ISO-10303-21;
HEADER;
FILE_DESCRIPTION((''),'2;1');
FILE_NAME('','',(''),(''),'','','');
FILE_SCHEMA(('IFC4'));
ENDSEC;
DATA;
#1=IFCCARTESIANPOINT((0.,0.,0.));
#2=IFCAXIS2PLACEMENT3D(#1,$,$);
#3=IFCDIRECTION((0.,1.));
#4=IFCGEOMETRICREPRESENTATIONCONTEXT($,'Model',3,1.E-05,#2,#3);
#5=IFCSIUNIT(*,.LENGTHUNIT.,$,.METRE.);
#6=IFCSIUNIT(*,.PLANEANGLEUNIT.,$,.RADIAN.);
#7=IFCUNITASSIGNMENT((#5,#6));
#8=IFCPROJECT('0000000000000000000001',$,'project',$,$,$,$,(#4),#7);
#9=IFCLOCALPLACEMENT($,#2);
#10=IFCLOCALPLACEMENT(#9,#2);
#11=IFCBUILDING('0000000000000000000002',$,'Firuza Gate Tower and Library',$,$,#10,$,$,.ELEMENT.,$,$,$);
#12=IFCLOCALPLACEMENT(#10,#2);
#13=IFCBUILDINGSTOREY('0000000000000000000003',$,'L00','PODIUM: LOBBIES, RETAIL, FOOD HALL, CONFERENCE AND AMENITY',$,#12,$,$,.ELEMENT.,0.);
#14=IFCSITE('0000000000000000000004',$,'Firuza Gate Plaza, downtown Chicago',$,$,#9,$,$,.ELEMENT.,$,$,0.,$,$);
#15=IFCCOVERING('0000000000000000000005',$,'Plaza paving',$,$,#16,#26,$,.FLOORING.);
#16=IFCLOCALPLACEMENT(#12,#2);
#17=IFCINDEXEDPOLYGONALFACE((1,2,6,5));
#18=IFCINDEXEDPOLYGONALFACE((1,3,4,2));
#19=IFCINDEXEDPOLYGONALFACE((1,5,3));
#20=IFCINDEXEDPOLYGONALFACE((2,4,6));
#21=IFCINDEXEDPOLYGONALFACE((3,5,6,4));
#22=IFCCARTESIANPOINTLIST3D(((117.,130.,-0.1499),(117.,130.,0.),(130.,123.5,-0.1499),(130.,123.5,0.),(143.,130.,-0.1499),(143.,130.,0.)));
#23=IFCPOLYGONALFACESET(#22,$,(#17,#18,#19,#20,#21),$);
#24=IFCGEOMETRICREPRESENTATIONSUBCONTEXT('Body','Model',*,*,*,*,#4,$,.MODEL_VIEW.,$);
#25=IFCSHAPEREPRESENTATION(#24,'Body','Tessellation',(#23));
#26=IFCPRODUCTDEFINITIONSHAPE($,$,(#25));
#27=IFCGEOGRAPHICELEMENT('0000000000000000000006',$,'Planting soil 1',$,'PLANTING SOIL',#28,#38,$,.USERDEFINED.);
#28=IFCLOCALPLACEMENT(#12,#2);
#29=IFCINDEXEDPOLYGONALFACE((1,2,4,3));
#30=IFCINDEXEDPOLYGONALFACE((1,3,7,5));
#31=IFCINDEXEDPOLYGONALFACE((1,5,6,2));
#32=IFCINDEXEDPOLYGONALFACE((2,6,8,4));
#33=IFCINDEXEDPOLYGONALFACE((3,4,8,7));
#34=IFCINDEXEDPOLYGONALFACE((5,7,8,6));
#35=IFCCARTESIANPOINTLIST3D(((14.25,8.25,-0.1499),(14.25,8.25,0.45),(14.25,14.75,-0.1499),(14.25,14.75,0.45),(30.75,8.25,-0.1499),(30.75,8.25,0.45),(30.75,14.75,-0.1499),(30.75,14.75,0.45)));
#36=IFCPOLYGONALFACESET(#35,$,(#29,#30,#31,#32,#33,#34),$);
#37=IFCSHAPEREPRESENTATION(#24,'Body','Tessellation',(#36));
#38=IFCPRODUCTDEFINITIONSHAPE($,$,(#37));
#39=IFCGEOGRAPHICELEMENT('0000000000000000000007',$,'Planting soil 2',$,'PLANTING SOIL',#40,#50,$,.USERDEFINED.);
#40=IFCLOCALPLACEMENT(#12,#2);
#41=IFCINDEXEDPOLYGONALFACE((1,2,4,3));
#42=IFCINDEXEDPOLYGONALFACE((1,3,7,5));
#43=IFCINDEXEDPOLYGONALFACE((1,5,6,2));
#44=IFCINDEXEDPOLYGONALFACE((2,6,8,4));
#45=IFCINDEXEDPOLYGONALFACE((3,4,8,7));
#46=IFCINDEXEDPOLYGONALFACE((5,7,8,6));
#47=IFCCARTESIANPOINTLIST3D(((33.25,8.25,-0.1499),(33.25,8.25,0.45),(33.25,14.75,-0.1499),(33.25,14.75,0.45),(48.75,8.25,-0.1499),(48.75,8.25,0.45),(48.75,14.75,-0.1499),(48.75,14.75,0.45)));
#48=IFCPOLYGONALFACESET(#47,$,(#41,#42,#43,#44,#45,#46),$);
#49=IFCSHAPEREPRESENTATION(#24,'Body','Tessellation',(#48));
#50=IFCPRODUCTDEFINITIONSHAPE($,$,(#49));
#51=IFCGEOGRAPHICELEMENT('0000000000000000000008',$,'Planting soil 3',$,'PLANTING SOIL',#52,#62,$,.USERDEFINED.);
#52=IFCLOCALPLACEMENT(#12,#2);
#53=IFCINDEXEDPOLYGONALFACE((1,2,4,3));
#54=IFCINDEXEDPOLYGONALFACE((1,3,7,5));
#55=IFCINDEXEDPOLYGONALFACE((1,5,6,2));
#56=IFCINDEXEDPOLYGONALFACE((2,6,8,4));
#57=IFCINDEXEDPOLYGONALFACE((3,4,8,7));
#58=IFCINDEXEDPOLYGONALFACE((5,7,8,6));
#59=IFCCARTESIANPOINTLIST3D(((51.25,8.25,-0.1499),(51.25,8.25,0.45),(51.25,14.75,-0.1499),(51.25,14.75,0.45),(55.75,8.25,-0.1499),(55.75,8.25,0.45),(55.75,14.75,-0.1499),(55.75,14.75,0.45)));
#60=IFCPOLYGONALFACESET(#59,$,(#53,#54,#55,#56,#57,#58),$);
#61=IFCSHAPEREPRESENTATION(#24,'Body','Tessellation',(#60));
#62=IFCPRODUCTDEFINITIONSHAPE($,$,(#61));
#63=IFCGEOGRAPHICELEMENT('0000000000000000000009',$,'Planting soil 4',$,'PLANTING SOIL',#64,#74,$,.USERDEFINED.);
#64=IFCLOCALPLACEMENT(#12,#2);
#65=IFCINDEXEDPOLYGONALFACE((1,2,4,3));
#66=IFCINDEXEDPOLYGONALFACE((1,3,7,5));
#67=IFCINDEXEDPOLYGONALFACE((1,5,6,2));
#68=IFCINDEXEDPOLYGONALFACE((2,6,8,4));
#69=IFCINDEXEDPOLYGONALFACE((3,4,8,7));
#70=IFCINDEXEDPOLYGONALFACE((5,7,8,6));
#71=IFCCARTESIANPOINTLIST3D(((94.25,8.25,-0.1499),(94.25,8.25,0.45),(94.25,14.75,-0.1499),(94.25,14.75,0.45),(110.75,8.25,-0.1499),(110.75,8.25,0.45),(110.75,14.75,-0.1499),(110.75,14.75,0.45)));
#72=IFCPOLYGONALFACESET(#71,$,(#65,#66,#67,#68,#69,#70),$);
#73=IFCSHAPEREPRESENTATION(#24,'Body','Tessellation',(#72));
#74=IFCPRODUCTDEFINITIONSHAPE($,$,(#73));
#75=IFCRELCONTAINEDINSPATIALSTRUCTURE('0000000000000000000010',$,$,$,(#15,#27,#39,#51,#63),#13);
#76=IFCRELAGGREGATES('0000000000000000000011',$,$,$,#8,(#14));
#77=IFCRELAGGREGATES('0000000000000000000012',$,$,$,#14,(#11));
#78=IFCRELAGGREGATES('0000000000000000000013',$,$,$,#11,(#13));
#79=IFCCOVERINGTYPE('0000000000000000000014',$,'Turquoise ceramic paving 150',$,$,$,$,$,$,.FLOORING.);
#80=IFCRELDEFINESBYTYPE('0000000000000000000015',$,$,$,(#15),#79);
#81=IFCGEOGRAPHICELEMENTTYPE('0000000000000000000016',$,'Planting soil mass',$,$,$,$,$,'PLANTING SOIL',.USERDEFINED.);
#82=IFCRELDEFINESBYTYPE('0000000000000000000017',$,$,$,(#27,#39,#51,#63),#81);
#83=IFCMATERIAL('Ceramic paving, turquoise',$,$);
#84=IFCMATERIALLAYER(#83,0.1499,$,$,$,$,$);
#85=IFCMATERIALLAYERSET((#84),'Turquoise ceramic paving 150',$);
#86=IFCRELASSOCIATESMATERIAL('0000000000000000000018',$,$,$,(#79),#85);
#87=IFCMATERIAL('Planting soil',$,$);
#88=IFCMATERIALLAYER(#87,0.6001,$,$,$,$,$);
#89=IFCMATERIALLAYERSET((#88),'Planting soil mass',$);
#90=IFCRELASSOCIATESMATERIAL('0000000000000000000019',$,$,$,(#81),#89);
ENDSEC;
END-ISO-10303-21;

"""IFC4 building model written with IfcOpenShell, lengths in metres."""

from ifc_helpers import new_model, si_unit, direction, frame, origin, place, context, subcontext, project, spatial, polyline, outline, extrude, material, layer, layer_set, type_object, element, save


model = new_model("IFC4")

# Units and contexts
model_context = context("Model", 3, precision=1e-05, world=origin(), true_north=direction((0.0, 1.0)))
body_context = subcontext(model_context, "Body", "Model", "MODEL_VIEW")
ifc_project = project(units=[si_unit("LENGTHUNIT", "METRE"), si_unit("PLANEANGLEUNIT", "RADIAN")], contexts=[model_context])

# Site, building, storey
site_placement = place(None, origin())
site = spatial("IfcSite", under=ifc_project, at=site_placement, Name="Firuza Gate Plaza, downtown Chicago", CompositionType="ELEMENT", RefElevation=0.0)
building_placement = place(site_placement, origin())
building = spatial("IfcBuilding", under=site, at=building_placement, Name="Firuza Gate Tower and Library", CompositionType="ELEMENT")
storey_placement = place(building_placement, origin())
storey = spatial("IfcBuildingStorey", under=building, at=storey_placement, Name="L00", Description="PODIUM: LOBBIES, RETAIL, FOOD HALL, CONFERENCE AND AMENITY", CompositionType="ELEMENT", Elevation=0.0)

# Covering
placement = place(storey_placement, frame((0.0, 0.0, -0.1499)))
ifc_material_1 = material(Name="Ceramic paving, turquoise")
ifc_layer_1 = layer(ifc_material_1, 0.1499)
ifc_layer_set_1 = layer_set([ifc_layer_1], Name="Turquoise ceramic paving 150")
covering_type_1 = type_object("IfcCoveringType", Name="Turquoise ceramic paving 150", PredefinedType="FLOORING", material=ifc_layer_set_1)
element("IfcCovering", 1, at=placement, inside=storey, type_object=covering_type_1, Name="Plaza paving", PredefinedType="FLOORING", context=body_context, shape_type="SweptSolid", body=[
    extrude(outline(polyline([(130.0, 123.5), (117.0, 130.0), (143.0, 130.0), (130.0, 123.5)])), origin(), (0.0, 0.0, 1.0), 0.1499),
])

# Geographic elements
ifc_material_2 = material(Name="Planting soil")
ifc_layer_2 = layer(ifc_material_2, 0.6001)
ifc_layer_set_2 = layer_set([ifc_layer_2], Name="Planting soil mass")
geographic_element_type = type_object("IfcGeographicElementType", Name="Planting soil mass", ElementType="PLANTING SOIL", PredefinedType="USERDEFINED", material=ifc_layer_set_2)
element("IfcGeographicElement", 2, at=placement, inside=storey, type_object=geographic_element_type, Name="Planting soil 1", ObjectType="PLANTING SOIL", PredefinedType="USERDEFINED", context=body_context, shape_type="SweptSolid", body=[
    extrude(outline(polyline([(14.25, 8.25), (30.75, 8.25), (30.75, 14.75), (14.25, 14.75), (14.25, 8.25)])), origin(), (0.0, 0.0, 1.0), 0.5999),
])
element("IfcGeographicElement", 3, at=placement, inside=storey, type_object=geographic_element_type, Name="Planting soil 2", ObjectType="PLANTING SOIL", PredefinedType="USERDEFINED", context=body_context, shape_type="SweptSolid", body=[
    extrude(outline(polyline([(33.25, 8.25), (48.75, 8.25), (48.75, 14.75), (33.25, 14.75), (33.25, 8.25)])), origin(), (0.0, 0.0, 1.0), 0.5999),
])
element("IfcGeographicElement", 4, at=placement, inside=storey, type_object=geographic_element_type, Name="Planting soil 3", ObjectType="PLANTING SOIL", PredefinedType="USERDEFINED", context=body_context, shape_type="SweptSolid", body=[
    extrude(outline(polyline([(51.25, 8.25), (55.75, 8.25), (55.75, 14.75), (51.25, 14.75), (51.25, 8.25)])), origin(), (0.0, 0.0, 1.0), 0.5999),
])
element("IfcGeographicElement", 5, at=placement, inside=storey, type_object=geographic_element_type, Name="Planting soil 4", ObjectType="PLANTING SOIL", PredefinedType="USERDEFINED", context=body_context, shape_type="SweptSolid", body=[
    extrude(outline(polyline([(94.25, 8.25), (110.75, 8.25), (110.75, 14.75), (94.25, 14.75), (94.25, 8.25)])), origin(), (0.0, 0.0, 1.0), 0.5999),
])

save(model, "model.ifc")
